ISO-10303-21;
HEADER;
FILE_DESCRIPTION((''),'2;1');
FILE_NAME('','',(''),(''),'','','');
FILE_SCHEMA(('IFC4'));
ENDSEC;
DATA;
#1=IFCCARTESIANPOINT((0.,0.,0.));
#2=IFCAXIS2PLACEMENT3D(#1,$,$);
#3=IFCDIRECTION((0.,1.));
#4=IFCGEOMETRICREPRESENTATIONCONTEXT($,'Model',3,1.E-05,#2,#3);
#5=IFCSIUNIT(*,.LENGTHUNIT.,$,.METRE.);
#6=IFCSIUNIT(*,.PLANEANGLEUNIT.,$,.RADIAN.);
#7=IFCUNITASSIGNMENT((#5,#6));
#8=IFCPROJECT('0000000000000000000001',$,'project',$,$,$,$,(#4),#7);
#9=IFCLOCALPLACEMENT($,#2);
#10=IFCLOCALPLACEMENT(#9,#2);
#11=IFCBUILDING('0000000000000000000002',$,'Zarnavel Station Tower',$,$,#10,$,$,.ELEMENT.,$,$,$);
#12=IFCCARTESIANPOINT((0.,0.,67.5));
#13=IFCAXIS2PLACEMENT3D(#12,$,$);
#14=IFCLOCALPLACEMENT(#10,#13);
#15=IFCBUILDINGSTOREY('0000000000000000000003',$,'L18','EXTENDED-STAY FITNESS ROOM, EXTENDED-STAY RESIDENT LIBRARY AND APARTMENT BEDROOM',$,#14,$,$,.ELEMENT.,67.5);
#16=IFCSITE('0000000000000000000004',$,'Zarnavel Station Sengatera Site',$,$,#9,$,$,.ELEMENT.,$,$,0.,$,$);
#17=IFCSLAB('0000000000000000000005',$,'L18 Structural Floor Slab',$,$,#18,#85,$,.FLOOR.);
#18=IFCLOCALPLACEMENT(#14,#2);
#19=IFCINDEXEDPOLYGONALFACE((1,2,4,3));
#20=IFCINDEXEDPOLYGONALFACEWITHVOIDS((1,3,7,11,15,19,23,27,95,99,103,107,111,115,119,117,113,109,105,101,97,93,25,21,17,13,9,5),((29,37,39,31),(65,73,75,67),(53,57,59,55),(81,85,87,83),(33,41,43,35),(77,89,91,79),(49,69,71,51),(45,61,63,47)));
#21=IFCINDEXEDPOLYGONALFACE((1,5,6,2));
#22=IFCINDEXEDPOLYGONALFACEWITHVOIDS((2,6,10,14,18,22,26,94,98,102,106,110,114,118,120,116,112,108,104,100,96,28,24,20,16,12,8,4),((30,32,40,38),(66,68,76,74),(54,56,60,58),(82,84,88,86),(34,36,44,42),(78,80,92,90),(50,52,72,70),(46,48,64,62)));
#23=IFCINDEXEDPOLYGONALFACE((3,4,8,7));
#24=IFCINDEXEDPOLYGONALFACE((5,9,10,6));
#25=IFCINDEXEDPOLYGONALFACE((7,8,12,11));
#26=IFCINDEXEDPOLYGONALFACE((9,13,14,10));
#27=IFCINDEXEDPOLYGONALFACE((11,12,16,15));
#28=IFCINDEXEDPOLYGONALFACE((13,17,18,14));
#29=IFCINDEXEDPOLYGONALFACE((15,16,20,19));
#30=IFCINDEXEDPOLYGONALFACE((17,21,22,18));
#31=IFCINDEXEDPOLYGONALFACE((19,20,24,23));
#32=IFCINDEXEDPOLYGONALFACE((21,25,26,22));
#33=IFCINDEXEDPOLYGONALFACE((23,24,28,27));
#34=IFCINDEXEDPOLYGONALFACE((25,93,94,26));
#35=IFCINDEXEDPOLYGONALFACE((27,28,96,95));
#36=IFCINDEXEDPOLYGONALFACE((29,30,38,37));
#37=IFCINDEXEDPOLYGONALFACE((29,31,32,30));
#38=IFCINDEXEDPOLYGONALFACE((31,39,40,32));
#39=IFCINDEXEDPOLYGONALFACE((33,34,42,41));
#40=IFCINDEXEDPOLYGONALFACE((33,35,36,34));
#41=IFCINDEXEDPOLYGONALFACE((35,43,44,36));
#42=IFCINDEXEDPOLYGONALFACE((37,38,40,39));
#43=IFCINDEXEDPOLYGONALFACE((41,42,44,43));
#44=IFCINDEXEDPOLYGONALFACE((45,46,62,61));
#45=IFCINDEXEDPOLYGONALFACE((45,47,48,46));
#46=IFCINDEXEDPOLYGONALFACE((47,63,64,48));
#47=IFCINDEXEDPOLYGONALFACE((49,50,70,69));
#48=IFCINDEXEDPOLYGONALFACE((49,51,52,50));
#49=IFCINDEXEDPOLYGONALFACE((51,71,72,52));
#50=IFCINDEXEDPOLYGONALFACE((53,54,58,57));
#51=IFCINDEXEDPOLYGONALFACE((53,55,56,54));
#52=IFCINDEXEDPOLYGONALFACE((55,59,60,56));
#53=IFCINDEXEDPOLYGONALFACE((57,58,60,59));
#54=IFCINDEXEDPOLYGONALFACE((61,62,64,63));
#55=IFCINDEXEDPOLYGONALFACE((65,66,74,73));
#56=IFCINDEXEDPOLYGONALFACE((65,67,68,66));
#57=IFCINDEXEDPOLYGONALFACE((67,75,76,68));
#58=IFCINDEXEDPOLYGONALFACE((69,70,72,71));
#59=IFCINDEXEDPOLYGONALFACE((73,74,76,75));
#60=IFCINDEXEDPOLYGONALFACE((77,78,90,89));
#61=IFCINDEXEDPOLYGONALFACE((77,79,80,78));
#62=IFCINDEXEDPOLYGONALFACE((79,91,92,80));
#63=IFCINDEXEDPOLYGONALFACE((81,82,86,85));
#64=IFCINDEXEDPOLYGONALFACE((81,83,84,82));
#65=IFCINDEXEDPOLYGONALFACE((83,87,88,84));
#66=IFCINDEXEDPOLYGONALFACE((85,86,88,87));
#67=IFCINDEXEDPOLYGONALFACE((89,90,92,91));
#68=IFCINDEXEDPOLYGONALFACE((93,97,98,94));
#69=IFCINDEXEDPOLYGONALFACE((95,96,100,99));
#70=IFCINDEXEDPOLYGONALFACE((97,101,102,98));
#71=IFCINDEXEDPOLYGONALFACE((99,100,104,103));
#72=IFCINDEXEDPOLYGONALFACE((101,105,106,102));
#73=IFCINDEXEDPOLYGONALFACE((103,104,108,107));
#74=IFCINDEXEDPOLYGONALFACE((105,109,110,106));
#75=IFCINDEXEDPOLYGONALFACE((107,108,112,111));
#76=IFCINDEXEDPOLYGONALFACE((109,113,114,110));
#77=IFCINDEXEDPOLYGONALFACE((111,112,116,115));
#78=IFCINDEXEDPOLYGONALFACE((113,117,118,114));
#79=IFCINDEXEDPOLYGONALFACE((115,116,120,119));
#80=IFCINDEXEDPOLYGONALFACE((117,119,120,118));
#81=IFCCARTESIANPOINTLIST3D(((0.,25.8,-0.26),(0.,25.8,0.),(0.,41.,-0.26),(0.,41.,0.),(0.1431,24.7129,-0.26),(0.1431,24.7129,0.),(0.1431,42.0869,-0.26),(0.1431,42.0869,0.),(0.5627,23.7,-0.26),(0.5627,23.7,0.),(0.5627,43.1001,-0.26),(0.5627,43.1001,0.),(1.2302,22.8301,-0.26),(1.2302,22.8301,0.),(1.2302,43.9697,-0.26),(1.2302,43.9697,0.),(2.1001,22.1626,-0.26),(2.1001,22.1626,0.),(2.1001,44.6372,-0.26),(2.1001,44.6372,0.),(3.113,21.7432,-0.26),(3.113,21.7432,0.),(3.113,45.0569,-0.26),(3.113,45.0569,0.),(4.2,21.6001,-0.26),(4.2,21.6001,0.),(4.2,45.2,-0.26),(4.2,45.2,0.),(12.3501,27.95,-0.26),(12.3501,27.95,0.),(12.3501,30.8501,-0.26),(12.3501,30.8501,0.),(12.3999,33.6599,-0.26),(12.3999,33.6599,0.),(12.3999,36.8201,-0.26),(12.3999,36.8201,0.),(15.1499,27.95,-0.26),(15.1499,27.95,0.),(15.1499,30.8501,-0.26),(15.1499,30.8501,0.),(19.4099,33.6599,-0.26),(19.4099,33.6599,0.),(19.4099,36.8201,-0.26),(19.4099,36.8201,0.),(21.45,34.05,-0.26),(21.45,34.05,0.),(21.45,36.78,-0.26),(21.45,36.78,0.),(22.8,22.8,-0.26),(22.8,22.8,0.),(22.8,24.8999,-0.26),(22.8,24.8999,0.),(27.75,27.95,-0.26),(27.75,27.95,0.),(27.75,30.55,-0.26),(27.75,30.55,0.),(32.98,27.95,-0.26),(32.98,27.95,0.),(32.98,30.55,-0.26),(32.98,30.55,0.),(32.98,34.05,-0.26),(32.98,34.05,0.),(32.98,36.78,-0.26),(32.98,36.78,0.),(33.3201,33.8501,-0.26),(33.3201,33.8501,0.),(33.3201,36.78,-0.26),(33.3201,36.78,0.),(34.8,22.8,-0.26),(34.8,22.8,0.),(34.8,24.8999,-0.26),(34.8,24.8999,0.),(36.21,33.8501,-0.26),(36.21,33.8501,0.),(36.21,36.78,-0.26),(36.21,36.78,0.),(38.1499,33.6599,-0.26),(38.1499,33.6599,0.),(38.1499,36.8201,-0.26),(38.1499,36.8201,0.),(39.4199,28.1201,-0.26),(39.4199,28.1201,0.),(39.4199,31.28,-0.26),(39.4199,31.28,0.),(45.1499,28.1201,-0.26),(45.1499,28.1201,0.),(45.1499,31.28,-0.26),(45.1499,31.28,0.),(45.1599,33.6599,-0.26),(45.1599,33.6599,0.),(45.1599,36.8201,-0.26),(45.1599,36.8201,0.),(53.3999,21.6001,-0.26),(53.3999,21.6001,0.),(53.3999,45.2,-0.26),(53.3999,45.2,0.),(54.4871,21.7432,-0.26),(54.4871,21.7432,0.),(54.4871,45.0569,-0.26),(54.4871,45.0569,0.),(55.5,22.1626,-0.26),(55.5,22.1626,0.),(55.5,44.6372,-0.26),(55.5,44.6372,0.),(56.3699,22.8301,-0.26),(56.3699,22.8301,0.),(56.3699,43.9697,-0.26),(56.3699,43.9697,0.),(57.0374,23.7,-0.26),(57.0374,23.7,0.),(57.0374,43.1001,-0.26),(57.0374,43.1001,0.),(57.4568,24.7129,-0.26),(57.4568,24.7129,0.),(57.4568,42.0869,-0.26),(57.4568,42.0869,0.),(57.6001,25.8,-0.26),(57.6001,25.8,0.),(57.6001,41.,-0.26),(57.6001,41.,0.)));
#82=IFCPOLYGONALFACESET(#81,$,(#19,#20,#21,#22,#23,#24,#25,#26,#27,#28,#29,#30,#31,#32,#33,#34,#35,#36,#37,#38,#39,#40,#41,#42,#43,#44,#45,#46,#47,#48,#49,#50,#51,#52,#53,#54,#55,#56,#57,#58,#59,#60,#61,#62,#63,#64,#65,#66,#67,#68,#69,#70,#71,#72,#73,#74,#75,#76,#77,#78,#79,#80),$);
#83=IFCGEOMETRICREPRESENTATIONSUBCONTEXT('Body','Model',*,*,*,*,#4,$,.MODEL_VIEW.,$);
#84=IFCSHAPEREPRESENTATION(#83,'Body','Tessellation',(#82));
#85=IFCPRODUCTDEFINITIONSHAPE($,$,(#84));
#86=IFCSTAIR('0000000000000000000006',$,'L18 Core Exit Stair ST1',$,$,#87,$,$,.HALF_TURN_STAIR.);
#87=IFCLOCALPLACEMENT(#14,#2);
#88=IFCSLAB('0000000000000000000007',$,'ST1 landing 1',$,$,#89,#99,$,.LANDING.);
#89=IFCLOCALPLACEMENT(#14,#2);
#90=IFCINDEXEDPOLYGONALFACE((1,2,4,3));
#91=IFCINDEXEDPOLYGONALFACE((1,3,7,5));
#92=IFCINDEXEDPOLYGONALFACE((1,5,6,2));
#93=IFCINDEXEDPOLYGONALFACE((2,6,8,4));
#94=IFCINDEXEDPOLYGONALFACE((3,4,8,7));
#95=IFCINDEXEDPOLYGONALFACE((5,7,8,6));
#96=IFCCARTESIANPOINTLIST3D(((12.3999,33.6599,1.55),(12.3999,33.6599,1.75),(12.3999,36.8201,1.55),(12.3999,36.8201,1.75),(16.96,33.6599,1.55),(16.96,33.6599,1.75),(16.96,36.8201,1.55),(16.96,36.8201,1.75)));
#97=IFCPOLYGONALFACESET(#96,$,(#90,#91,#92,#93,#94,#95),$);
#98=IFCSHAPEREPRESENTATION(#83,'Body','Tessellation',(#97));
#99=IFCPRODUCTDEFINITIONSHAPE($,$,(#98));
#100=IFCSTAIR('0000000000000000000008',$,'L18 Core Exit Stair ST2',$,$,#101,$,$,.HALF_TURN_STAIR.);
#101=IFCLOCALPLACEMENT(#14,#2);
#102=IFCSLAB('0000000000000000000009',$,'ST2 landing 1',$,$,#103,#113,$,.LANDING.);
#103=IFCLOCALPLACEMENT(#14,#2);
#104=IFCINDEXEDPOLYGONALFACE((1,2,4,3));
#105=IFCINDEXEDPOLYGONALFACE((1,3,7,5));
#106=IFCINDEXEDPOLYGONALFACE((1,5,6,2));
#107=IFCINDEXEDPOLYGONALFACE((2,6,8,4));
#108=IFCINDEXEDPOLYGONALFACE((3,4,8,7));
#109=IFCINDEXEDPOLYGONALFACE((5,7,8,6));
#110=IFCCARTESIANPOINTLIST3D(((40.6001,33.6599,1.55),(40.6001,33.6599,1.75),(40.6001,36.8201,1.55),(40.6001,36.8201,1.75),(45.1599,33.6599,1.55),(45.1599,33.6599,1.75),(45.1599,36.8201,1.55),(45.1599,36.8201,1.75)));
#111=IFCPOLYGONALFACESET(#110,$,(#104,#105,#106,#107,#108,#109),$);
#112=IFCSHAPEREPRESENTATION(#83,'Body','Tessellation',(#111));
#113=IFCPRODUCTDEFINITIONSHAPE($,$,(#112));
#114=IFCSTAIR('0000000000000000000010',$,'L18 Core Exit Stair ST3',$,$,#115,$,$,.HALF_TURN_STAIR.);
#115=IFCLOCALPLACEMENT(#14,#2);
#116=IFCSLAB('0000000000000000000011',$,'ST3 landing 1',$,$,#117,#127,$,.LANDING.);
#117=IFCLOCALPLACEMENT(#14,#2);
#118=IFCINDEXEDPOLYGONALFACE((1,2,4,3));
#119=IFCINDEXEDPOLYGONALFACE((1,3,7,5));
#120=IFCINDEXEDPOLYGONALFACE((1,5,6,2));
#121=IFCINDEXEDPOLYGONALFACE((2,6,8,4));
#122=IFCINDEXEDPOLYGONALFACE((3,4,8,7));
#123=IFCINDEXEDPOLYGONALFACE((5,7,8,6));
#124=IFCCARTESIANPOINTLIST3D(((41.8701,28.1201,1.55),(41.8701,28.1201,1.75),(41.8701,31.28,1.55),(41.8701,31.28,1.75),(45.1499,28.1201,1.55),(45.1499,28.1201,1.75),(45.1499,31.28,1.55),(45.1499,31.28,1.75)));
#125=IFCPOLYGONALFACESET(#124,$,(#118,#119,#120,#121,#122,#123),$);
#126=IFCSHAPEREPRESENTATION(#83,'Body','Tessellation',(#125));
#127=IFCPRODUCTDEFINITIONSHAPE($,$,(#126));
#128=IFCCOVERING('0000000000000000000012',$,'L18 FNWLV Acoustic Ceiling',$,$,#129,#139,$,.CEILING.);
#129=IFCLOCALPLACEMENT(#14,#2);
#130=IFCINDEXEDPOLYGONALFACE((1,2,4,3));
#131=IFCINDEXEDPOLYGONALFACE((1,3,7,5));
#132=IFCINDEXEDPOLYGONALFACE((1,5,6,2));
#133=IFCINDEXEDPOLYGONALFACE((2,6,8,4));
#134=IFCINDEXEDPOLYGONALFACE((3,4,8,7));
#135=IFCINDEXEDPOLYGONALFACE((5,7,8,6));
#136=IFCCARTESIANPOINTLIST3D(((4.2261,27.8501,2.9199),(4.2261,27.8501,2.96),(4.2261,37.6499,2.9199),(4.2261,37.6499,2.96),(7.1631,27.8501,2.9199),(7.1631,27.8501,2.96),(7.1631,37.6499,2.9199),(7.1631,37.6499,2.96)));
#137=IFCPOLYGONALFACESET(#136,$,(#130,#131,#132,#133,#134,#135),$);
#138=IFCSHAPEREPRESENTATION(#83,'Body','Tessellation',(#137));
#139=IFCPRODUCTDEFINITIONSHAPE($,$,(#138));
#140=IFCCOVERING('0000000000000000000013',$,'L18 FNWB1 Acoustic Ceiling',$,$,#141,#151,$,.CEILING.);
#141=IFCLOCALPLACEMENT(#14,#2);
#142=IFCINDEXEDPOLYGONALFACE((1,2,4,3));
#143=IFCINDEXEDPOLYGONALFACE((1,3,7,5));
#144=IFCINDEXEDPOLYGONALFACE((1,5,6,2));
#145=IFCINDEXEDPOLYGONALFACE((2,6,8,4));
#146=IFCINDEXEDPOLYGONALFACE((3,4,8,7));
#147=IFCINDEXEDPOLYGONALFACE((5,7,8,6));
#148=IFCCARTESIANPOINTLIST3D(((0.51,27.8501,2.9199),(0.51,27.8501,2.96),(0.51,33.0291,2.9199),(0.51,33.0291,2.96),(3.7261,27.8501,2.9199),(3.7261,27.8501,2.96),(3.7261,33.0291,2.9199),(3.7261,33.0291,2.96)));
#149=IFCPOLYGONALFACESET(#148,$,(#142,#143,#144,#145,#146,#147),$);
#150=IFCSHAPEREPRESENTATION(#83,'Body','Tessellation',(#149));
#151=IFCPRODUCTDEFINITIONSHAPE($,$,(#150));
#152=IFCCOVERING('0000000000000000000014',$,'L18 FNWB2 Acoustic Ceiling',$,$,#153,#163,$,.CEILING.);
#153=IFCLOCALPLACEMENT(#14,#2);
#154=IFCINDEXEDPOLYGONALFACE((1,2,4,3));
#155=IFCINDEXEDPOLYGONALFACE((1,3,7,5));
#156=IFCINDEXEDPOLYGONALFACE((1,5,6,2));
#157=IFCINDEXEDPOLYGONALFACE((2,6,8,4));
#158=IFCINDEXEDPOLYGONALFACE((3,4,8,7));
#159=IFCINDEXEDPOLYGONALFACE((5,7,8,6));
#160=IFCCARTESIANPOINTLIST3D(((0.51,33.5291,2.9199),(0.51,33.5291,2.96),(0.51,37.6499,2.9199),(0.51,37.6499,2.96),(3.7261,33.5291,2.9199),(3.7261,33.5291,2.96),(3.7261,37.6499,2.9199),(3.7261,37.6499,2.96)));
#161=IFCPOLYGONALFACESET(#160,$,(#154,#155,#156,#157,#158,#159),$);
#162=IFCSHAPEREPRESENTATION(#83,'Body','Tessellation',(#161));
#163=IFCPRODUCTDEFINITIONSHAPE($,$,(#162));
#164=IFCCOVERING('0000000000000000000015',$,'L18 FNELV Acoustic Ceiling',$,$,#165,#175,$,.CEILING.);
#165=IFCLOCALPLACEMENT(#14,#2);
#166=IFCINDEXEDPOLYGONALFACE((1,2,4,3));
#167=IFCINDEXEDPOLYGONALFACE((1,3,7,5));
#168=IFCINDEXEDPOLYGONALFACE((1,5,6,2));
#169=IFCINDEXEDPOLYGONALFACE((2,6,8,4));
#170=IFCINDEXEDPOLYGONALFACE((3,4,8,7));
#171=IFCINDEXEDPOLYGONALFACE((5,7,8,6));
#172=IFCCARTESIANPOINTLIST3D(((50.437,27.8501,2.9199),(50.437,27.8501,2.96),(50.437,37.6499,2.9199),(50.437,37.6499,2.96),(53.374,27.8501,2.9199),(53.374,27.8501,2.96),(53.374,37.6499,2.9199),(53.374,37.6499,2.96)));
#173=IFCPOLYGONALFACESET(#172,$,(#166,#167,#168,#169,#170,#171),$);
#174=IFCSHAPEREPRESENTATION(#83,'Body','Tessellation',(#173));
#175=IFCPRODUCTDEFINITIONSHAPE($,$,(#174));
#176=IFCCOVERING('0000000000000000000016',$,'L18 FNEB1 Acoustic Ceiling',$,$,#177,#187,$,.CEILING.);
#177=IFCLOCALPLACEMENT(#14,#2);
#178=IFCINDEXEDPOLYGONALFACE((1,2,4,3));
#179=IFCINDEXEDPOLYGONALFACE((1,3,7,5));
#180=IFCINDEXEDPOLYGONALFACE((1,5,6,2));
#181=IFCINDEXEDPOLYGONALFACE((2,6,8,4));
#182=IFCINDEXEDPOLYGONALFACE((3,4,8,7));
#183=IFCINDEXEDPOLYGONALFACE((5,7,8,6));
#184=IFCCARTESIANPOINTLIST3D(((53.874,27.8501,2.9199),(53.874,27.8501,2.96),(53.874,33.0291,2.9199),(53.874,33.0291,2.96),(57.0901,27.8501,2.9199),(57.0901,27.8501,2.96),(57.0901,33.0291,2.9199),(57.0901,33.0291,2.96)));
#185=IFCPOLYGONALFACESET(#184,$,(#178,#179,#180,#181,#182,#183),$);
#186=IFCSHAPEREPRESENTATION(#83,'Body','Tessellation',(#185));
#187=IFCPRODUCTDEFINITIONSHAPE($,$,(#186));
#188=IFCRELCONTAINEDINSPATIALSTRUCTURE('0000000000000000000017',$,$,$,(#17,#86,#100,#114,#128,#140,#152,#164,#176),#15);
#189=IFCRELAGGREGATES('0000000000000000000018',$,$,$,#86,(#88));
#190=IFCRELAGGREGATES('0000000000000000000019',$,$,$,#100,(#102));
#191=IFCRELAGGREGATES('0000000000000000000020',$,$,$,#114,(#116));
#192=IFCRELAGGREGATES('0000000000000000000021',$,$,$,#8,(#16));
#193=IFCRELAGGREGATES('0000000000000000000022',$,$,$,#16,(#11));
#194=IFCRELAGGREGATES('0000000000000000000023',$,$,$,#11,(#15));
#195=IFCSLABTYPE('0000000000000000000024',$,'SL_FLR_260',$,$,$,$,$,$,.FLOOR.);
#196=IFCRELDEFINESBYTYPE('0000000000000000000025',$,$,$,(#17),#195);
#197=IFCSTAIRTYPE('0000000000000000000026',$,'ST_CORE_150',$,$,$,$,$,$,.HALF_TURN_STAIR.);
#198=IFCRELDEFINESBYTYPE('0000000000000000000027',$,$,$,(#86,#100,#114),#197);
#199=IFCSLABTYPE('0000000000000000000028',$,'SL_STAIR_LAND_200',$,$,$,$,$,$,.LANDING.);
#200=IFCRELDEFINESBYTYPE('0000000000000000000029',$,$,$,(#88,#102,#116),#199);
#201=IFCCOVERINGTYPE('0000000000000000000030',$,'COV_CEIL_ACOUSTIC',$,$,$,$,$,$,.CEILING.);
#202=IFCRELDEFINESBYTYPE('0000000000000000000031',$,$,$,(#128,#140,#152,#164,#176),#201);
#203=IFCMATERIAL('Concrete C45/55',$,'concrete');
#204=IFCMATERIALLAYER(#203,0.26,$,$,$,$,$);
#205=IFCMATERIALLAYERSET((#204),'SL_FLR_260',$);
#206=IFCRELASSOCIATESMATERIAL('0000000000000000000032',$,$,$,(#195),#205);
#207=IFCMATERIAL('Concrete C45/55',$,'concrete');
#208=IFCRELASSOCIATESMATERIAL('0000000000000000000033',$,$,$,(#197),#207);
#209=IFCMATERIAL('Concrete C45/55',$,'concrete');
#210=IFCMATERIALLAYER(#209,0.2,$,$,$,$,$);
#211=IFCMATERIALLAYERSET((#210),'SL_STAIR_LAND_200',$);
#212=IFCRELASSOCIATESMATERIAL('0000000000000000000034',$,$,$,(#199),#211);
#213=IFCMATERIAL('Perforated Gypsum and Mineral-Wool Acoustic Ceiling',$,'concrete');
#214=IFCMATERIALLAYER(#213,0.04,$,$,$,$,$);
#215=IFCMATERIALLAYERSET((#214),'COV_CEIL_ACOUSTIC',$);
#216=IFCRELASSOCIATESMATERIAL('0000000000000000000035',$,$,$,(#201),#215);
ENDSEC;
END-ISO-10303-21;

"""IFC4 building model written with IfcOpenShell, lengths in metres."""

from ifc_helpers import new_model, si_unit, direction, frame, origin, place, context, subcontext, project, spatial, polyline, outline, extrude, material, layer, layer_set, type_object, element, aggregate, save


model = new_model("IFC4")

# Units and contexts
model_context = context("Model", 3, precision=1e-05, world=origin(), true_north=direction((0.0, 1.0)))
body_context = subcontext(model_context, "Body", "Model", "MODEL_VIEW")
ifc_project = project(units=[si_unit("LENGTHUNIT", "METRE"), si_unit("PLANEANGLEUNIT", "RADIAN")], contexts=[model_context])

# Site, building, storey
site_placement = place(None, origin())
site = spatial("IfcSite", under=ifc_project, at=site_placement, Name="Zarnavel Station Sengatera Site", CompositionType="ELEMENT", RefElevation=0.0)
building_placement = place(site_placement, origin())
building = spatial("IfcBuilding", under=site, at=building_placement, Name="Zarnavel Station Tower", CompositionType="ELEMENT")
storey_placement = place(building_placement, frame((0.0, 0.0, 67.5)))
storey = spatial("IfcBuildingStorey", under=building, at=storey_placement, Name="L18", Description="EXTENDED-STAY FITNESS ROOM, EXTENDED-STAY RESIDENT LIBRARY AND APARTMENT BEDROOM", CompositionType="ELEMENT", Elevation=67.5)

# Slab
ifc_material_1 = material(Name="Concrete C45/55", Category="concrete")
ifc_layer_1 = layer(ifc_material_1, 0.26)
ifc_layer_set_1 = layer_set([ifc_layer_1], Name="SL_FLR_260")
slab_type_1 = type_object("IfcSlabType", Name="SL_FLR_260", PredefinedType="FLOOR", material=ifc_layer_set_1)
slab_1_placement = place(storey_placement, frame((0.0, 0.0, -0.26)))
element("IfcSlab", 1, at=slab_1_placement, inside=storey, type_object=slab_type_1, Name="L18 Structural Floor Slab", PredefinedType="FLOOR", context=body_context, shape_type="SweptSolid", body=[
    extrude(outline(polyline([(53.3999, 21.6001), (54.4871, 21.7432), (55.5, 22.1626), (56.3699, 22.8301), (57.0374, 23.7), (57.4568, 24.7129), (57.6001, 25.8), (57.6001, 41.0), (57.4568, 42.0869), (57.0374, 43.1001), (56.3699, 43.9697), (55.5, 44.6372), (54.4871, 45.0569), (53.3999, 45.2), (4.2, 45.2), (3.113, 45.0569), (2.1001, 44.6372), (1.2302, 43.9697), (0.5627, 43.1001), (0.1431, 42.0869), (0.0, 41.0), (0.0, 25.8), (0.1431, 24.7129), (0.5627, 23.7), (1.2302, 22.8301), (2.1001, 22.1626), (3.113, 21.7432), (4.2, 21.6001), (53.3999, 21.6001)]), holes=[polyline([(12.3999, 33.6599), (19.4099, 33.6599), (19.4099, 36.8201), (12.3999, 36.8201), (12.3999, 33.6599)]), polyline([(38.1499, 33.6599), (45.1599, 33.6599), (45.1599, 36.8201), (38.1499, 36.8201), (38.1499, 33.6599)]), polyline([(39.4199, 28.1201), (45.1499, 28.1201), (45.1499, 31.28), (39.4199, 31.28), (39.4199, 28.1201)]), polyline([(12.3501, 27.95), (15.1499, 27.95), (15.1499, 30.8501), (12.3501, 30.8501), (12.3501, 27.95)]), polyline([(33.3201, 33.8501), (36.21, 33.8501), (36.21, 36.78), (33.3201, 36.78), (33.3201, 33.8501)]), polyline([(21.45, 34.05), (32.98, 34.05), (32.98, 36.78), (21.45, 36.78), (21.45, 34.05)]), polyline([(27.75, 27.95), (32.98, 27.95), (32.98, 30.55), (27.75, 30.55), (27.75, 27.95)]), polyline([(22.8, 22.8), (34.8, 22.8), (34.8, 24.8999), (22.8, 24.8999), (22.8, 22.8)])]), origin(), (0.0, 0.0, 1.0), 0.26),
])

# Stairs, slabs
ifc_material_2 = material(Name="Concrete C45/55", Category="concrete")
stair_type = type_object("IfcStairType", Name="ST_CORE_150", PredefinedType="HALF_TURN_STAIR", material=ifc_material_2)
stair_1_placement = place(storey_placement, origin())
stair_1 = element("IfcStair", 2, at=stair_1_placement, inside=storey, type_object=stair_type, Name="L18 Core Exit Stair ST1", PredefinedType="HALF_TURN_STAIR")
ifc_material_3 = material(Name="Concrete C45/55", Category="concrete")
ifc_layer_2 = layer(ifc_material_3, 0.2)
ifc_layer_set_2 = layer_set([ifc_layer_2], Name="SL_STAIR_LAND_200")
slab_type_2 = type_object("IfcSlabType", Name="SL_STAIR_LAND_200", PredefinedType="LANDING", material=ifc_layer_set_2)
slab_2_placement = place(storey_placement, frame((0.0, 0.0, 1.55)))
slab_2 = element("IfcSlab", 3, at=slab_2_placement, type_object=slab_type_2, Name="ST1 landing 1", PredefinedType="LANDING", context=body_context, shape_type="SweptSolid", body=[
    extrude(outline(polyline([(16.96, 36.8201), (12.3999, 36.8201), (12.3999, 33.6599), (16.96, 33.6599), (16.96, 36.8201)])), origin(), (0.0, 0.0, 1.0), 0.2),
])
aggregate(stair_1, [slab_2])
stair_2_placement = place(storey_placement, origin())
stair_2 = element("IfcStair", 4, at=stair_2_placement, inside=storey, type_object=stair_type, Name="L18 Core Exit Stair ST2", PredefinedType="HALF_TURN_STAIR")
slab_3_placement = place(storey_placement, frame((0.0, 0.0, 1.55)))
slab_3 = element("IfcSlab", 5, at=slab_3_placement, type_object=slab_type_2, Name="ST2 landing 1", PredefinedType="LANDING", context=body_context, shape_type="SweptSolid", body=[
    extrude(outline(polyline([(40.6001, 33.6599), (45.1599, 33.6599), (45.1599, 36.8201), (40.6001, 36.8201), (40.6001, 33.6599)])), origin(), (0.0, 0.0, 1.0), 0.2),
])
aggregate(stair_2, [slab_3])
stair_3_placement = place(storey_placement, origin())
stair_3 = element("IfcStair", 6, at=stair_3_placement, inside=storey, type_object=stair_type, Name="L18 Core Exit Stair ST3", PredefinedType="HALF_TURN_STAIR")
slab_4_placement = place(storey_placement, frame((0.0, 0.0, 1.55)))
slab_4 = element("IfcSlab", 7, at=slab_4_placement, type_object=slab_type_2, Name="ST3 landing 1", PredefinedType="LANDING", context=body_context, shape_type="SweptSolid", body=[
    extrude(outline(polyline([(41.8701, 28.1201), (45.1499, 28.1201), (45.1499, 31.28), (41.8701, 31.28), (41.8701, 28.1201)])), origin(), (0.0, 0.0, 1.0), 0.2),
])
aggregate(stair_3, [slab_4])

# Coverings
ifc_material_4 = material(Name="Perforated Gypsum and Mineral-Wool Acoustic Ceiling", Category="concrete")
ifc_layer_3 = layer(ifc_material_4, 0.04)
ifc_layer_set_3 = layer_set([ifc_layer_3], Name="COV_CEIL_ACOUSTIC")
covering_type_1 = type_object("IfcCoveringType", Name="COV_CEIL_ACOUSTIC", PredefinedType="CEILING", material=ifc_layer_set_3)
covering_1_placement = place(storey_placement, frame((0.0, 0.0, 2.9199)))
element("IfcCovering", 8, at=covering_1_placement, inside=storey, type_object=covering_type_1, Name="L18 FNWLV Acoustic Ceiling", PredefinedType="CEILING", context=body_context, shape_type="SweptSolid", body=[
    extrude(outline(polyline([(4.2261, 27.8501), (7.1631, 27.8501), (7.1631, 37.6499), (4.2261, 37.6499), (4.2261, 27.8501)])), origin(), (0.0, 0.0, 1.0), 0.04),
])
covering_2_placement = place(storey_placement, frame((0.0, 0.0, 2.9199)))
element("IfcCovering", 9, at=covering_2_placement, inside=storey, type_object=covering_type_1, Name="L18 FNWB1 Acoustic Ceiling", PredefinedType="CEILING", context=body_context, shape_type="SweptSolid", body=[
    extrude(outline(polyline([(0.51, 27.8501), (3.7261, 27.8501), (3.7261, 33.0291), (0.51, 33.0291), (0.51, 27.8501)])), origin(), (0.0, 0.0, 1.0), 0.04),
])
covering_3_placement = place(storey_placement, frame((0.0, 0.0, 2.9199)))
element("IfcCovering", 10, at=covering_3_placement, inside=storey, type_object=covering_type_1, Name="L18 FNWB2 Acoustic Ceiling", PredefinedType="CEILING", context=body_context, shape_type="SweptSolid", body=[
    extrude(outline(polyline([(0.51, 33.5291), (3.7261, 33.5291), (3.7261, 37.6499), (0.51, 37.6499), (0.51, 33.5291)])), origin(), (0.0, 0.0, 1.0), 0.04),
])
covering_4_placement = place(storey_placement, frame((0.0, 0.0, 2.9199)))
element("IfcCovering", 11, at=covering_4_placement, inside=storey, type_object=covering_type_1, Name="L18 FNELV Acoustic Ceiling", PredefinedType="CEILING", context=body_context, shape_type="SweptSolid", body=[
    extrude(outline(polyline([(50.437, 27.8501), (53.374, 27.8501), (53.374, 37.6499), (50.437, 37.6499), (50.437, 27.8501)])), origin(), (0.0, 0.0, 1.0), 0.04),
])
covering_5_placement = place(storey_placement, frame((0.0, 0.0, 2.9199)))
element("IfcCovering", 12, at=covering_5_placement, inside=storey, type_object=covering_type_1, Name="L18 FNEB1 Acoustic Ceiling", PredefinedType="CEILING", context=body_context, shape_type="SweptSolid", body=[
    extrude(outline(polyline([(53.874, 27.8501), (57.0901, 27.8501), (57.0901, 33.0291), (53.874, 33.0291), (53.874, 27.8501)])), origin(), (0.0, 0.0, 1.0), 0.04),
])

save(model, "model.ifc")
